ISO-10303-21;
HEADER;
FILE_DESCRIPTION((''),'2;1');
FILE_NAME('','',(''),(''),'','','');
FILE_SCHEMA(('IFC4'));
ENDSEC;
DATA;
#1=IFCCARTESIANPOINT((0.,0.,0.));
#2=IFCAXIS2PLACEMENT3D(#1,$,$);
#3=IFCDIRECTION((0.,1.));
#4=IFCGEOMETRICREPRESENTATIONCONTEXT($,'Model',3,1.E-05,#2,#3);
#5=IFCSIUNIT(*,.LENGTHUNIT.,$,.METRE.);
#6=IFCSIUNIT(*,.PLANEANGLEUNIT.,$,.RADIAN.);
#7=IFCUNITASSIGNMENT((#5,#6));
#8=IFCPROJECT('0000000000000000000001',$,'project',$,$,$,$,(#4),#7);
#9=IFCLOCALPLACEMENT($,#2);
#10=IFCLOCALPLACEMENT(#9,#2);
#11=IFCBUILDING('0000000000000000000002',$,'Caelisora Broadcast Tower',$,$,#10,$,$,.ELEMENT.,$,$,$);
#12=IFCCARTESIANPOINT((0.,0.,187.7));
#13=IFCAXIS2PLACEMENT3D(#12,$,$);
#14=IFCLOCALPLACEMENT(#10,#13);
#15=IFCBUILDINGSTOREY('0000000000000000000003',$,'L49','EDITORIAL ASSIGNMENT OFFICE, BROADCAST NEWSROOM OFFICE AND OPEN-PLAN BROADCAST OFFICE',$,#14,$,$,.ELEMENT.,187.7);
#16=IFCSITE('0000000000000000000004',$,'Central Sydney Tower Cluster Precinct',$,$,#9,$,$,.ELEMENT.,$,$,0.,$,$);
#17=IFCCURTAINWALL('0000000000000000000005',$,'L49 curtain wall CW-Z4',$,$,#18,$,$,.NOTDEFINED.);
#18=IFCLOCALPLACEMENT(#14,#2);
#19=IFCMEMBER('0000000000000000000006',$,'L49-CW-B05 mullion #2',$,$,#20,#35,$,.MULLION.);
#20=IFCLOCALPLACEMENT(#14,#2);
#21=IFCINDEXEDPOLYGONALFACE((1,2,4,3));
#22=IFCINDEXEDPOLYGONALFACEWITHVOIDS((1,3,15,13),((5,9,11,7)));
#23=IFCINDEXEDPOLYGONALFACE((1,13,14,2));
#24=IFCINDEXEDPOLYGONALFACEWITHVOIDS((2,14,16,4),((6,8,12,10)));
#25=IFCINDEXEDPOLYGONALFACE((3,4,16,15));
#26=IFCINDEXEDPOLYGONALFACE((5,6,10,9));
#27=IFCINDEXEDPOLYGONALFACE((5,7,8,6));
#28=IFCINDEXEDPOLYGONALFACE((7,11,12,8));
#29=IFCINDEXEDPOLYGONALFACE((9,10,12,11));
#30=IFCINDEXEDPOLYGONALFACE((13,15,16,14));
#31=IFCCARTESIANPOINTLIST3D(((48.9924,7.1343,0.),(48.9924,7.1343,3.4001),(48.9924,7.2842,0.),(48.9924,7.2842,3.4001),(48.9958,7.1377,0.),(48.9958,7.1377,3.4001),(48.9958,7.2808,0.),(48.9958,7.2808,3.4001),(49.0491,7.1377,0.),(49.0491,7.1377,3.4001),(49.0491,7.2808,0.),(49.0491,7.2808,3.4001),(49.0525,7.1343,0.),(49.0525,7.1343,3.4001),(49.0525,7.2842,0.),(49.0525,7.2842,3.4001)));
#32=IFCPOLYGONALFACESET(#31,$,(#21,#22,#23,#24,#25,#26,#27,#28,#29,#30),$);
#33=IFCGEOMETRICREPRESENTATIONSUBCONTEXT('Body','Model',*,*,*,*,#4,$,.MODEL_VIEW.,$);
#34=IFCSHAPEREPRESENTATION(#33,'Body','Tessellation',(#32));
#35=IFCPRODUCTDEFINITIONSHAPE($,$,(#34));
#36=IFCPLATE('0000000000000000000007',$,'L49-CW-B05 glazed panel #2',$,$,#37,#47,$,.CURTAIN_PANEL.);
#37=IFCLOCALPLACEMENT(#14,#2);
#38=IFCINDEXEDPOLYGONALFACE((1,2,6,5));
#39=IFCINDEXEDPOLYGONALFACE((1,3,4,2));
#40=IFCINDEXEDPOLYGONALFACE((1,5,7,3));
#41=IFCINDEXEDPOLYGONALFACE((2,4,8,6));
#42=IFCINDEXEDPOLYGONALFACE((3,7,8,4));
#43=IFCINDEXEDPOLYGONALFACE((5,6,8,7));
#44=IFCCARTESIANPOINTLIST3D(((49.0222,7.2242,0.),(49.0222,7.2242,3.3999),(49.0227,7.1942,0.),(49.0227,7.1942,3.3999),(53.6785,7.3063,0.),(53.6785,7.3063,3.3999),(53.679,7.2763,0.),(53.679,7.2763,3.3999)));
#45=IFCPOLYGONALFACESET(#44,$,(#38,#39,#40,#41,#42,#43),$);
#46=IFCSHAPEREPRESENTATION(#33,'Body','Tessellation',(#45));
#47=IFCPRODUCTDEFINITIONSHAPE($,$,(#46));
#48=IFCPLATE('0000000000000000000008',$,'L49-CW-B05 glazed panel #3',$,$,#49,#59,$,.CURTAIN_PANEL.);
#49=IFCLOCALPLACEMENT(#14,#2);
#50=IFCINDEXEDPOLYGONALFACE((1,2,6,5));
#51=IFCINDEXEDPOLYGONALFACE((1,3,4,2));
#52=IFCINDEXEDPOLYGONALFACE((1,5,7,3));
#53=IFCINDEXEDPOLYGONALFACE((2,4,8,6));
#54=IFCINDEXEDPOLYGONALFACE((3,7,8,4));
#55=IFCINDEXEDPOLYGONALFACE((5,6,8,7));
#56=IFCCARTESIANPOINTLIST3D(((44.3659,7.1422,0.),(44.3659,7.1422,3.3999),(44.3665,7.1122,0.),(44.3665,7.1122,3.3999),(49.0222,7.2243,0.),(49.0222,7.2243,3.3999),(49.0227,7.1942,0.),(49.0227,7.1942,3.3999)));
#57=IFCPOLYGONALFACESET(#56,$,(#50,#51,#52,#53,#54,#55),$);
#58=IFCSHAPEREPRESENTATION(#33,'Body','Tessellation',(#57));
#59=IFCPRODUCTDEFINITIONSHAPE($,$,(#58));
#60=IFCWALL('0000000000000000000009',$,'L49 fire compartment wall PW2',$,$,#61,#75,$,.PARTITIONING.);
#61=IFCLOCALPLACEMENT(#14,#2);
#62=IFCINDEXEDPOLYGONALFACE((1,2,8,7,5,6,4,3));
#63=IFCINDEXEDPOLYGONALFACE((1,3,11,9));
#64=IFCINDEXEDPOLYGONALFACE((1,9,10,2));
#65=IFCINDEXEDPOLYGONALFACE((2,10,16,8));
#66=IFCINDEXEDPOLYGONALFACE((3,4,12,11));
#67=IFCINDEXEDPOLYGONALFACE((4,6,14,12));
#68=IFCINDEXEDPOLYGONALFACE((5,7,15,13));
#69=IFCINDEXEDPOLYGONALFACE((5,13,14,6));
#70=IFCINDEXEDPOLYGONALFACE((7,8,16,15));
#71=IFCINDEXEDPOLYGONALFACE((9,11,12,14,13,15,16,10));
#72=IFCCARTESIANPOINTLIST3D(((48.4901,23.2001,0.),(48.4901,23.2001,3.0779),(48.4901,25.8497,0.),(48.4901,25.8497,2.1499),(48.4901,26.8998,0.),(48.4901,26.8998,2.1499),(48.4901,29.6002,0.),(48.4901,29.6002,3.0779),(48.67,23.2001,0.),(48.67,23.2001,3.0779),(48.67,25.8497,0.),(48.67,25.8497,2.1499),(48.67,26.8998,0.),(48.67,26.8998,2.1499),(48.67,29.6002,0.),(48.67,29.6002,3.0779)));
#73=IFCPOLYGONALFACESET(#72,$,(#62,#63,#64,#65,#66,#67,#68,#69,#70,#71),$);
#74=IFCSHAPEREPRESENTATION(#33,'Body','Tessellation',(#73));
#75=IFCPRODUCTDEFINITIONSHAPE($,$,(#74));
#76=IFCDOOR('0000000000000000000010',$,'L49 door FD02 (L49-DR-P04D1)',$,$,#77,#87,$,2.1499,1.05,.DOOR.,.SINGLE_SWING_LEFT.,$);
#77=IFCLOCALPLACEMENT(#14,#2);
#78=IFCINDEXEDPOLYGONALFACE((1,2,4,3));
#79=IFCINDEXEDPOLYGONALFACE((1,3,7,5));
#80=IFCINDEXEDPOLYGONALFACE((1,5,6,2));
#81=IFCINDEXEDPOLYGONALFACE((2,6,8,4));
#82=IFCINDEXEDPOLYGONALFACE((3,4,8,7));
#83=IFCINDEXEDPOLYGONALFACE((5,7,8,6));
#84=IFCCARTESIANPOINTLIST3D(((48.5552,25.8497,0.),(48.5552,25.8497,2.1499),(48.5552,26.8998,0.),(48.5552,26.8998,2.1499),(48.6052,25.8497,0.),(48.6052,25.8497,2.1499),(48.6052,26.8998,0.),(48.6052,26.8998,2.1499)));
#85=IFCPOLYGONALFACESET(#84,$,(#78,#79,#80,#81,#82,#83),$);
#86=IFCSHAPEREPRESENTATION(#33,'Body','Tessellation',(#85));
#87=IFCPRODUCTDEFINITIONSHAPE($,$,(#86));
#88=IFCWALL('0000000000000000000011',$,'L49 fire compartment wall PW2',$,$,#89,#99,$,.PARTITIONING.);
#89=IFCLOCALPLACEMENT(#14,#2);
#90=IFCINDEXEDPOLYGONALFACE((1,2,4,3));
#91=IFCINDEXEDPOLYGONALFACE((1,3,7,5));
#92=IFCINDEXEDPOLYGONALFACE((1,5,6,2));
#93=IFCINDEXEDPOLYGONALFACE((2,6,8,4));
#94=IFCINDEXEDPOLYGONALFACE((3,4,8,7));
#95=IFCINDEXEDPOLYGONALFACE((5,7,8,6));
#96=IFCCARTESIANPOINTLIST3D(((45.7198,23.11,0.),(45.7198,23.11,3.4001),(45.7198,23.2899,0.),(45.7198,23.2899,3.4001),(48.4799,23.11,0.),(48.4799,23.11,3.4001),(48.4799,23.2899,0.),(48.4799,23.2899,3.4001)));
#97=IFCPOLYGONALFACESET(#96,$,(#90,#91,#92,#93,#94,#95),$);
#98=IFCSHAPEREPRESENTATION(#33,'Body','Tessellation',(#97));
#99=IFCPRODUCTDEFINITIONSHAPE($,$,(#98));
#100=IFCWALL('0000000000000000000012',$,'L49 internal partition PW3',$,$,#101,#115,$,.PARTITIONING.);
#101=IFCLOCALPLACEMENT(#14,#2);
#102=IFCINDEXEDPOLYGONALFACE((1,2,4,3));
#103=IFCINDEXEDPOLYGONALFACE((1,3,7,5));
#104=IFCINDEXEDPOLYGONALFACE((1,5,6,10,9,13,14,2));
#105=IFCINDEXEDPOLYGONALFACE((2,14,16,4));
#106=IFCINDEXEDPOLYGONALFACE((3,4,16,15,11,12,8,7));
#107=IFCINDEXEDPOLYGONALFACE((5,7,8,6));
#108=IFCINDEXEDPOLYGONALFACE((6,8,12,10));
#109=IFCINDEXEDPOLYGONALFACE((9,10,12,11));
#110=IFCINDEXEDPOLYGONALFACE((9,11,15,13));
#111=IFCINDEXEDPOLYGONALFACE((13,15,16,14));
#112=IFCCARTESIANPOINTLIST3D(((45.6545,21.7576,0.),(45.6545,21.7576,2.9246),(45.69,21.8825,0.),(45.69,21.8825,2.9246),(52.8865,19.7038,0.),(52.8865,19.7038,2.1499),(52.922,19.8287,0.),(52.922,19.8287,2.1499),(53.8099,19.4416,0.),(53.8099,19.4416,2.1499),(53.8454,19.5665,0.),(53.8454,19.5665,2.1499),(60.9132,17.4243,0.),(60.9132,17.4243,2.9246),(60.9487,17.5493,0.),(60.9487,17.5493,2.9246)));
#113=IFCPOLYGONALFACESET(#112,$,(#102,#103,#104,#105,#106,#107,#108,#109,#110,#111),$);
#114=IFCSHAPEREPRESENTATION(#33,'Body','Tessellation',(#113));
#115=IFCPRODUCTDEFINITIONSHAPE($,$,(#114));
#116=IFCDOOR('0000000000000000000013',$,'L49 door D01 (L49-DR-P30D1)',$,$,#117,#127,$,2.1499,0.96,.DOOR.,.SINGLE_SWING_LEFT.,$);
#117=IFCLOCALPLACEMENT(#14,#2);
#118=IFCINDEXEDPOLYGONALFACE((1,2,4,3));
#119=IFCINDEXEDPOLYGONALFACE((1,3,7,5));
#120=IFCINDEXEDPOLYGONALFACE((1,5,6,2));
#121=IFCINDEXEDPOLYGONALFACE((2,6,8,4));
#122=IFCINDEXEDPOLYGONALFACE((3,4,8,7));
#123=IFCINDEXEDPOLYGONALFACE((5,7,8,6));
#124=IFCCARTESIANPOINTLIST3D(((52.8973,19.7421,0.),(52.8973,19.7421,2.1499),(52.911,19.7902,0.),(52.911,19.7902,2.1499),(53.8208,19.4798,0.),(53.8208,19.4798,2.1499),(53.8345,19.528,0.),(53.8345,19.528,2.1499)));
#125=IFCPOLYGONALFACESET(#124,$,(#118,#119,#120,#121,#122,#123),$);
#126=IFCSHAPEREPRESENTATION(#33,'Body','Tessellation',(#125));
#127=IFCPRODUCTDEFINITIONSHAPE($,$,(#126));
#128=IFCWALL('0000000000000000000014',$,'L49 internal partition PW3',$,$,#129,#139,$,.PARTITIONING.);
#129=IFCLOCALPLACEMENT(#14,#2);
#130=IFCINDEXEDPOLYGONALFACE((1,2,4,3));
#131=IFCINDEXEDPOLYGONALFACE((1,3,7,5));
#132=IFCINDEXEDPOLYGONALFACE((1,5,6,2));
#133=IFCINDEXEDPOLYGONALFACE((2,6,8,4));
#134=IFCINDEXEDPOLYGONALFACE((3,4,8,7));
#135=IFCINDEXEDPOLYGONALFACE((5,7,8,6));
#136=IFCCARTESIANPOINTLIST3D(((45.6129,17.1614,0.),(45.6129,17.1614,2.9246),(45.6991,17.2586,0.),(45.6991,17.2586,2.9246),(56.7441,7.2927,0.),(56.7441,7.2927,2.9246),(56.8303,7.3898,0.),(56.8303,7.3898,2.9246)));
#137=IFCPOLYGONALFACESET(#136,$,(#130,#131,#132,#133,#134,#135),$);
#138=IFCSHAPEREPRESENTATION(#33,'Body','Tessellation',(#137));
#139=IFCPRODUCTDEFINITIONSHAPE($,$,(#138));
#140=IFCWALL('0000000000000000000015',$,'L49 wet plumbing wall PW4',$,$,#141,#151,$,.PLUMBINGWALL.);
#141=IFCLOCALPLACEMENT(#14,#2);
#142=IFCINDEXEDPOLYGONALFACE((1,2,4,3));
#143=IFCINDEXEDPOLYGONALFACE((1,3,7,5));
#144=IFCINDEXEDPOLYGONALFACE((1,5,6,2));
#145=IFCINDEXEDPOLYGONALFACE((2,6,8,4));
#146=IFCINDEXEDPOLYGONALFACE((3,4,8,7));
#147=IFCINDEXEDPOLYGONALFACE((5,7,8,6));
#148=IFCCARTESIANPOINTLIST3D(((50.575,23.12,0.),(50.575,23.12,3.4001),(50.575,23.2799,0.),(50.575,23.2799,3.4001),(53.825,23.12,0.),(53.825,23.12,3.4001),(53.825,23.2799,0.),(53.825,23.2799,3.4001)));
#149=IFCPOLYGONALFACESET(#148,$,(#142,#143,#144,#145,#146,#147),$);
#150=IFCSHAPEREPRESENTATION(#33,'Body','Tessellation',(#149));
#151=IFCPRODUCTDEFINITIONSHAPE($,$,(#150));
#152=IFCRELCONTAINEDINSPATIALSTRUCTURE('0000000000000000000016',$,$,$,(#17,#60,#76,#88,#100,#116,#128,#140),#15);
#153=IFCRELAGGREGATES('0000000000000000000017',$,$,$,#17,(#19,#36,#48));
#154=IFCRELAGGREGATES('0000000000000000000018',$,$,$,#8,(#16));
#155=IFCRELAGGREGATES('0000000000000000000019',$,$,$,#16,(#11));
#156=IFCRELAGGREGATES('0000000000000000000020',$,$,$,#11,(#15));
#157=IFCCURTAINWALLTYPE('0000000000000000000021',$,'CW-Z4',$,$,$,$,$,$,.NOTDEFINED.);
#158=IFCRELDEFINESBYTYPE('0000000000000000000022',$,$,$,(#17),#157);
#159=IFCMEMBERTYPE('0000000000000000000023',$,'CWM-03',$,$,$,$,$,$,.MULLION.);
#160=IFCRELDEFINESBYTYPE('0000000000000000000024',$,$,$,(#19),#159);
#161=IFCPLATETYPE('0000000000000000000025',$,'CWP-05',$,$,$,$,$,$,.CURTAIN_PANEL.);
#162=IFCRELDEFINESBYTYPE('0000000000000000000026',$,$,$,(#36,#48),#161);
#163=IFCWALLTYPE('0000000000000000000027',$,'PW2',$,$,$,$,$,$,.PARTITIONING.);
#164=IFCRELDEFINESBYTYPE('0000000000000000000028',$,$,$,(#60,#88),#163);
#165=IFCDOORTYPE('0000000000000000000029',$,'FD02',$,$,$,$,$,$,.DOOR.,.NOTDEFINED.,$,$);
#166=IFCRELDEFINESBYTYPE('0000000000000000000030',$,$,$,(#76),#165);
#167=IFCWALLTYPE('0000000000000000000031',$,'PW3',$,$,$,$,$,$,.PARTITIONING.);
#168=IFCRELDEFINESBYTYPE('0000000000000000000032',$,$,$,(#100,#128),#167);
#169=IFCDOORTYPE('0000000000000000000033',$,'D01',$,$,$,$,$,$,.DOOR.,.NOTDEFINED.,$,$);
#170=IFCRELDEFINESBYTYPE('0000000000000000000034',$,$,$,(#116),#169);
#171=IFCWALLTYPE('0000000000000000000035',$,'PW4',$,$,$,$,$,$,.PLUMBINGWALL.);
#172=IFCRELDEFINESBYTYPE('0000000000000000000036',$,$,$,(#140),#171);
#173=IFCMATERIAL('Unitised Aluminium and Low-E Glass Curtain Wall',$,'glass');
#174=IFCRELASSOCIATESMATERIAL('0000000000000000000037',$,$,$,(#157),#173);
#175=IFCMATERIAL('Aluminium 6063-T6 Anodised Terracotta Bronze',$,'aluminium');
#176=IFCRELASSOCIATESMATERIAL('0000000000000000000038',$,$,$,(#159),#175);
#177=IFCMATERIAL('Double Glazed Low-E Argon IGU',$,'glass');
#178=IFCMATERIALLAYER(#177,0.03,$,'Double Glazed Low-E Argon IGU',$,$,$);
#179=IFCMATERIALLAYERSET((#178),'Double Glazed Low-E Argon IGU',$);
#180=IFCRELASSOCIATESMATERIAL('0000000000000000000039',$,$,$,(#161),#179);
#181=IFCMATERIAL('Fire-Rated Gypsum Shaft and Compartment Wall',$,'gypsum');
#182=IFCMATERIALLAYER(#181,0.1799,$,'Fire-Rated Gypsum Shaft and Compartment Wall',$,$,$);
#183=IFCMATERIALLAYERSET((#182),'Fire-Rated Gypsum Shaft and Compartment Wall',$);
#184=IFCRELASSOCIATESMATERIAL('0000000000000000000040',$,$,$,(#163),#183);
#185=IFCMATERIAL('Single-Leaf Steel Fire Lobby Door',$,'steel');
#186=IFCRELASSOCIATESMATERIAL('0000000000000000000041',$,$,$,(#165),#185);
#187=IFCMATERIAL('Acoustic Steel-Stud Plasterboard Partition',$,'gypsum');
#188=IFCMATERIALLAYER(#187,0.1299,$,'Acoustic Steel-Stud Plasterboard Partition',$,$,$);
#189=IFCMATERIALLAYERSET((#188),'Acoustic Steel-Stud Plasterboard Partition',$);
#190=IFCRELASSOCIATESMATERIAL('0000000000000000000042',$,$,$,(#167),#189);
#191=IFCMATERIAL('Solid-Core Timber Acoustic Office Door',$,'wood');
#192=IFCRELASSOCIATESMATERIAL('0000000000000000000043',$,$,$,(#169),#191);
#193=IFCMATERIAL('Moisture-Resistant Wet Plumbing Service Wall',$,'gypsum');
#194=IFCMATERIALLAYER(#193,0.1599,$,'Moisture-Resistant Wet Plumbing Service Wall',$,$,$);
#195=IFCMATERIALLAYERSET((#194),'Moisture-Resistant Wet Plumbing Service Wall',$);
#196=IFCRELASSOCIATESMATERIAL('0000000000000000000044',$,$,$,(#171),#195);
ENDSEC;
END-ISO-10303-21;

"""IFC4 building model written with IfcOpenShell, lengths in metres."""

from ifc_helpers import new_model, si_unit, direction, frame, frame_2d, origin, origin_2d, place, context, subcontext, project, spatial, rectangle, hollow_rectangle, extrude, source, transform, mapped, material, layer, layer_set, material_profile, profile_set, type_object, type_shapes, element, fill, aggregate, save


model = new_model("IFC4")

# Units and contexts
model_context = context("Model", 3, precision=1e-05, world=origin(), true_north=direction((0.0, 1.0)))
body_context = subcontext(model_context, "Body", "Model", "MODEL_VIEW")
ifc_project = project(units=[si_unit("LENGTHUNIT", "METRE"), si_unit("PLANEANGLEUNIT", "RADIAN")], contexts=[model_context])

# Site, building, storey
site_placement = place(None, origin())
site = spatial("IfcSite", under=ifc_project, at=site_placement, Name="Central Sydney Tower Cluster Precinct", CompositionType="ELEMENT", RefElevation=0.0)
building_placement = place(site_placement, origin())
building = spatial("IfcBuilding", under=site, at=building_placement, Name="Caelisora Broadcast Tower", CompositionType="ELEMENT")
storey_placement = place(building_placement, frame((0.0, 0.0, 187.7)))
storey = spatial("IfcBuildingStorey", under=building, at=storey_placement, Name="L49", Description="EDITORIAL ASSIGNMENT OFFICE, BROADCAST NEWSROOM OFFICE AND OPEN-PLAN BROADCAST OFFICE", CompositionType="ELEMENT", Elevation=187.7)

# Curtain wall, member, plates
ifc_material_1 = material(Name="Unitised Aluminium and Low-E Glass Curtain Wall", Category="glass")
curtain_wall_type = type_object("IfcCurtainWallType", Name="CW-Z4", PredefinedType="NOTDEFINED", material=ifc_material_1)
curtain_wall_placement = place(storey_placement, origin())
curtain_wall = element("IfcCurtainWall", 1, at=curtain_wall_placement, inside=storey, type_object=curtain_wall_type, Name="L49 curtain wall CW-Z4", PredefinedType="NOTDEFINED")
ifc_material_2 = material(Name="Aluminium 6063-T6 Anodised Terracotta Bronze", Category="aluminium")
ifc_material_profile_1 = material_profile(ifc_material_2, hollow_rectangle(XDim=0.0601, YDim=0.1499, WallThickness=0.0034, at=origin_2d()), Name="Aluminium 6063-T6 Anodised Terracotta Bronze")
ifc_profile_set_1 = profile_set([ifc_material_profile_1], Name="Aluminium 6063-T6 Anodised Terracotta Bronze")
member_type = type_object("IfcMemberType", Name="CWM-03", PredefinedType="MULLION", material=ifc_profile_set_1)
shared_shape_1 = source(origin(), body_context, "Body", "SweptSolid", [
    extrude(hollow_rectangle(XDim=0.0601, YDim=0.1499, WallThickness=0.0034, at=origin_2d()), origin(), (0.0, 0.0, 1.0), 3.4001),
])
type_shapes(member_type, [shared_shape_1])
member_placement = place(storey_placement, frame((49.0225, 7.2092, 0.0), z_axis=(0.0, 0.0, 1.0), x_axis=(1.0, 0.0, 0.0)))
member = element("IfcMember", 2, at=member_placement, type_object=member_type, Name="L49-CW-B05 mullion #2", PredefinedType="MULLION", context=body_context, shape_type="MappedRepresentation", body=[
    mapped(shared_shape_1, transform((0.0, 0.0, 0.0), scale=1.0)),
])
ifc_material_3 = material(Name="Double Glazed Low-E Argon IGU", Category="glass")
ifc_layer_1 = layer(ifc_material_3, 0.03, Name="Double Glazed Low-E Argon IGU")
ifc_layer_set_1 = layer_set([ifc_layer_1], Name="Double Glazed Low-E Argon IGU")
plate_type = type_object("IfcPlateType", Name="CWP-05", PredefinedType="CURTAIN_PANEL", material=ifc_layer_set_1)
shared_shape_2 = source(origin(), body_context, "Body", "SweptSolid", [
    extrude(rectangle(XDim=4.657, YDim=0.03, at=origin_2d()), origin(), (0.0, 0.0, 1.0), 3.3999),
])
type_shapes(plate_type, [shared_shape_2])
plate_1_placement = place(storey_placement, frame((51.3506, 7.2502, 0.0), z_axis=(0.0, 0.0, 1.0), x_axis=(-0.999845, -0.017627, 0.0)))
plate_1 = element("IfcPlate", 3, at=plate_1_placement, type_object=plate_type, Name="L49-CW-B05 glazed panel #2", PredefinedType="CURTAIN_PANEL", context=body_context, shape_type="MappedRepresentation", body=[
    mapped(shared_shape_2, transform((0.0, 0.0, 0.0), scale=1.0)),
])
plate_2_placement = place(storey_placement, frame((46.6943, 7.1682, 0.0), z_axis=(0.0, 0.0, 1.0), x_axis=(-0.999845, -0.017627, 0.0)))
plate_2 = element("IfcPlate", 4, at=plate_2_placement, type_object=plate_type, Name="L49-CW-B05 glazed panel #3", PredefinedType="CURTAIN_PANEL", context=body_context, shape_type="MappedRepresentation", body=[
    mapped(shared_shape_2, transform((0.0, 0.0, 0.0), scale=1.0)),
])
aggregate(curtain_wall, [member, plate_1, plate_2])

# Wall, opening, door
ifc_material_4 = material(Name="Fire-Rated Gypsum Shaft and Compartment Wall", Category="gypsum")
ifc_layer_2 = layer(ifc_material_4, 0.1799, Name="Fire-Rated Gypsum Shaft and Compartment Wall")
ifc_layer_set_2 = layer_set([ifc_layer_2], Name="Fire-Rated Gypsum Shaft and Compartment Wall")
wall_type_1 = type_object("IfcWallType", Name="PW2", PredefinedType="PARTITIONING", material=ifc_layer_set_2)
wall_1_placement = place(storey_placement, frame((48.5801, 23.2, 0.0), z_axis=(0.0, 0.0, 1.0), x_axis=(0.0, 1.0, 0.0)))
wall_1 = element("IfcWall", 5, at=wall_1_placement, inside=storey, type_object=wall_type_1, Name="L49 fire compartment wall PW2", PredefinedType="PARTITIONING", context=body_context, shape_type="SweptSolid", body=[
    extrude(rectangle(XDim=6.4001, YDim=0.1799, at=frame_2d((3.2002, 0.0))), origin(), (0.0, 0.0, 1.0), 3.0779),
])
opening_1_placement = place(wall_1_placement, frame((2.6499, 0.0, 0.0)))
opening_1 = element("IfcOpeningElement", 6, at=opening_1_placement, cuts=wall_1, PredefinedType="OPENING", context=body_context, shape_type="SweptSolid", body=[
    extrude(rectangle(XDim=1.05, YDim=2.1499, at=frame_2d((0.5249, 1.075))), frame((0.0, 0.1021, 0.0), z_axis=(0.0, -1.0, 0.0), x_axis=(1.0, 0.0, 0.0)), (0.0, 0.0, 1.0), 0.2039),
])
ifc_material_5 = material(Name="Single-Leaf Steel Fire Lobby Door", Category="steel")
door_type_1 = type_object("IfcDoorType", Name="FD02", OperationType="NOTDEFINED", PredefinedType="DOOR", material=ifc_material_5)
door_1_placement = place(opening_1_placement, origin())
door_1 = element("IfcDoor", 7, at=door_1_placement, inside=storey, type_object=door_type_1, Name="L49 door FD02 (L49-DR-P04D1)", OperationType="SINGLE_SWING_LEFT", OverallHeight=2.1499, OverallWidth=1.05, PredefinedType="DOOR", context=body_context, shape_type="SweptSolid", body=[
    extrude(rectangle(XDim=1.05, YDim=2.1499, at=frame_2d((0.5249, 1.075))), frame((0.0, 0.0249, 0.0), z_axis=(0.0, -1.0, 0.0), x_axis=(1.0, 0.0, 0.0)), (0.0, 0.0, 1.0), 0.05),
])
fill(opening_1, door_1)

# Wall
wall_2_placement = place(storey_placement, frame((45.72, 23.2, 0.0), z_axis=(0.0, 0.0, 1.0), x_axis=(1.0, 0.0, 0.0)))
element("IfcWall", 8, at=wall_2_placement, inside=storey, type_object=wall_type_1, Name="L49 fire compartment wall PW2", PredefinedType="PARTITIONING", context=body_context, shape_type="SweptSolid", body=[
    extrude(rectangle(XDim=2.76, YDim=0.1799, at=frame_2d((1.3799, 0.0))), origin(), (0.0, 0.0, 1.0), 3.4001),
])

# Wall, opening, door
ifc_material_6 = material(Name="Acoustic Steel-Stud Plasterboard Partition", Category="gypsum")
ifc_layer_3 = layer(ifc_material_6, 0.1299, Name="Acoustic Steel-Stud Plasterboard Partition")
ifc_layer_set_3 = layer_set([ifc_layer_3], Name="Acoustic Steel-Stud Plasterboard Partition")
wall_type_2 = type_object("IfcWallType", Name="PW3", PredefinedType="PARTITIONING", material=ifc_layer_set_3)
wall_3_placement = place(storey_placement, frame((45.6721, 21.8201, 0.0), z_axis=(0.0, 0.0, 1.0), x_axis=(0.961962, -0.273182, 0.0)))
wall_3 = element("IfcWall", 9, at=wall_3_placement, inside=storey, type_object=wall_type_2, Name="L49 internal partition PW3", PredefinedType="PARTITIONING", context=body_context, shape_type="SweptSolid", body=[
    extrude(rectangle(XDim=15.8621, YDim=0.1299, at=frame_2d((7.9312, 0.0))), origin(), (0.0, 0.0, 1.0), 2.9246),
])
opening_2_placement = place(wall_3_placement, frame((7.5181, 0.0, 0.0)))
opening_2 = element("IfcOpeningElement", 10, at=opening_2_placement, cuts=wall_3, PredefinedType="OPENING", context=body_context, shape_type="SweptSolid", body=[
    extrude(rectangle(XDim=0.96, YDim=2.1499, at=frame_2d((0.48, 1.075))), frame((0.0, 0.0769, 0.0), z_axis=(0.0, -1.0, 0.0), x_axis=(1.0, 0.0, 0.0)), (0.0, 0.0, 1.0), 0.1538),
])
ifc_material_7 = material(Name="Solid-Core Timber Acoustic Office Door", Category="wood")
door_type_2 = type_object("IfcDoorType", Name="D01", OperationType="NOTDEFINED", PredefinedType="DOOR", material=ifc_material_7)
door_2_placement = place(opening_2_placement, origin())
door_2 = element("IfcDoor", 11, at=door_2_placement, inside=storey, type_object=door_type_2, Name="L49 door D01 (L49-DR-P30D1)", OperationType="SINGLE_SWING_LEFT", OverallHeight=2.1499, OverallWidth=0.96, PredefinedType="DOOR", context=body_context, shape_type="SweptSolid", body=[
    extrude(rectangle(XDim=0.96, YDim=2.1499, at=frame_2d((0.48, 1.075))), frame((0.0, 0.0249, 0.0), z_axis=(0.0, -1.0, 0.0), x_axis=(1.0, 0.0, 0.0)), (0.0, 0.0, 1.0), 0.05),
])
fill(opening_2, door_2)

# Wall
wall_4_placement = place(storey_placement, frame((45.656, 17.21, 0.0), z_axis=(0.0, 0.0, 1.0), x_axis=(0.748265, -0.6634, 0.0)))
element("IfcWall", 12, at=wall_4_placement, inside=storey, type_object=wall_type_2, Name="L49 internal partition PW3", PredefinedType="PARTITIONING", context=body_context, shape_type="SweptSolid", body=[
    extrude(rectangle(XDim=14.876, YDim=0.1299, at=frame_2d((7.438, 0.0))), origin(), (0.0, 0.0, 1.0), 2.9246),
])

# Wall
ifc_material_8 = material(Name="Moisture-Resistant Wet Plumbing Service Wall", Category="gypsum")
ifc_layer_4 = layer(ifc_material_8, 0.1599, Name="Moisture-Resistant Wet Plumbing Service Wall")
ifc_layer_set_4 = layer_set([ifc_layer_4], Name="Moisture-Resistant Wet Plumbing Service Wall")
wall_type_3 = type_object("IfcWallType", Name="PW4", PredefinedType="PLUMBINGWALL", material=ifc_layer_set_4)
wall_5_placement = place(storey_placement, frame((50.575, 23.2, 0.0), z_axis=(0.0, 0.0, 1.0), x_axis=(1.0, 0.0, 0.0)))
element("IfcWall", 13, at=wall_5_placement, inside=storey, type_object=wall_type_3, Name="L49 wet plumbing wall PW4", PredefinedType="PLUMBINGWALL", context=body_context, shape_type="SweptSolid", body=[
    extrude(rectangle(XDim=3.25, YDim=0.1599, at=frame_2d((1.625, 0.0))), origin(), (0.0, 0.0, 1.0), 3.4001),
])

save(model, "model.ifc")
